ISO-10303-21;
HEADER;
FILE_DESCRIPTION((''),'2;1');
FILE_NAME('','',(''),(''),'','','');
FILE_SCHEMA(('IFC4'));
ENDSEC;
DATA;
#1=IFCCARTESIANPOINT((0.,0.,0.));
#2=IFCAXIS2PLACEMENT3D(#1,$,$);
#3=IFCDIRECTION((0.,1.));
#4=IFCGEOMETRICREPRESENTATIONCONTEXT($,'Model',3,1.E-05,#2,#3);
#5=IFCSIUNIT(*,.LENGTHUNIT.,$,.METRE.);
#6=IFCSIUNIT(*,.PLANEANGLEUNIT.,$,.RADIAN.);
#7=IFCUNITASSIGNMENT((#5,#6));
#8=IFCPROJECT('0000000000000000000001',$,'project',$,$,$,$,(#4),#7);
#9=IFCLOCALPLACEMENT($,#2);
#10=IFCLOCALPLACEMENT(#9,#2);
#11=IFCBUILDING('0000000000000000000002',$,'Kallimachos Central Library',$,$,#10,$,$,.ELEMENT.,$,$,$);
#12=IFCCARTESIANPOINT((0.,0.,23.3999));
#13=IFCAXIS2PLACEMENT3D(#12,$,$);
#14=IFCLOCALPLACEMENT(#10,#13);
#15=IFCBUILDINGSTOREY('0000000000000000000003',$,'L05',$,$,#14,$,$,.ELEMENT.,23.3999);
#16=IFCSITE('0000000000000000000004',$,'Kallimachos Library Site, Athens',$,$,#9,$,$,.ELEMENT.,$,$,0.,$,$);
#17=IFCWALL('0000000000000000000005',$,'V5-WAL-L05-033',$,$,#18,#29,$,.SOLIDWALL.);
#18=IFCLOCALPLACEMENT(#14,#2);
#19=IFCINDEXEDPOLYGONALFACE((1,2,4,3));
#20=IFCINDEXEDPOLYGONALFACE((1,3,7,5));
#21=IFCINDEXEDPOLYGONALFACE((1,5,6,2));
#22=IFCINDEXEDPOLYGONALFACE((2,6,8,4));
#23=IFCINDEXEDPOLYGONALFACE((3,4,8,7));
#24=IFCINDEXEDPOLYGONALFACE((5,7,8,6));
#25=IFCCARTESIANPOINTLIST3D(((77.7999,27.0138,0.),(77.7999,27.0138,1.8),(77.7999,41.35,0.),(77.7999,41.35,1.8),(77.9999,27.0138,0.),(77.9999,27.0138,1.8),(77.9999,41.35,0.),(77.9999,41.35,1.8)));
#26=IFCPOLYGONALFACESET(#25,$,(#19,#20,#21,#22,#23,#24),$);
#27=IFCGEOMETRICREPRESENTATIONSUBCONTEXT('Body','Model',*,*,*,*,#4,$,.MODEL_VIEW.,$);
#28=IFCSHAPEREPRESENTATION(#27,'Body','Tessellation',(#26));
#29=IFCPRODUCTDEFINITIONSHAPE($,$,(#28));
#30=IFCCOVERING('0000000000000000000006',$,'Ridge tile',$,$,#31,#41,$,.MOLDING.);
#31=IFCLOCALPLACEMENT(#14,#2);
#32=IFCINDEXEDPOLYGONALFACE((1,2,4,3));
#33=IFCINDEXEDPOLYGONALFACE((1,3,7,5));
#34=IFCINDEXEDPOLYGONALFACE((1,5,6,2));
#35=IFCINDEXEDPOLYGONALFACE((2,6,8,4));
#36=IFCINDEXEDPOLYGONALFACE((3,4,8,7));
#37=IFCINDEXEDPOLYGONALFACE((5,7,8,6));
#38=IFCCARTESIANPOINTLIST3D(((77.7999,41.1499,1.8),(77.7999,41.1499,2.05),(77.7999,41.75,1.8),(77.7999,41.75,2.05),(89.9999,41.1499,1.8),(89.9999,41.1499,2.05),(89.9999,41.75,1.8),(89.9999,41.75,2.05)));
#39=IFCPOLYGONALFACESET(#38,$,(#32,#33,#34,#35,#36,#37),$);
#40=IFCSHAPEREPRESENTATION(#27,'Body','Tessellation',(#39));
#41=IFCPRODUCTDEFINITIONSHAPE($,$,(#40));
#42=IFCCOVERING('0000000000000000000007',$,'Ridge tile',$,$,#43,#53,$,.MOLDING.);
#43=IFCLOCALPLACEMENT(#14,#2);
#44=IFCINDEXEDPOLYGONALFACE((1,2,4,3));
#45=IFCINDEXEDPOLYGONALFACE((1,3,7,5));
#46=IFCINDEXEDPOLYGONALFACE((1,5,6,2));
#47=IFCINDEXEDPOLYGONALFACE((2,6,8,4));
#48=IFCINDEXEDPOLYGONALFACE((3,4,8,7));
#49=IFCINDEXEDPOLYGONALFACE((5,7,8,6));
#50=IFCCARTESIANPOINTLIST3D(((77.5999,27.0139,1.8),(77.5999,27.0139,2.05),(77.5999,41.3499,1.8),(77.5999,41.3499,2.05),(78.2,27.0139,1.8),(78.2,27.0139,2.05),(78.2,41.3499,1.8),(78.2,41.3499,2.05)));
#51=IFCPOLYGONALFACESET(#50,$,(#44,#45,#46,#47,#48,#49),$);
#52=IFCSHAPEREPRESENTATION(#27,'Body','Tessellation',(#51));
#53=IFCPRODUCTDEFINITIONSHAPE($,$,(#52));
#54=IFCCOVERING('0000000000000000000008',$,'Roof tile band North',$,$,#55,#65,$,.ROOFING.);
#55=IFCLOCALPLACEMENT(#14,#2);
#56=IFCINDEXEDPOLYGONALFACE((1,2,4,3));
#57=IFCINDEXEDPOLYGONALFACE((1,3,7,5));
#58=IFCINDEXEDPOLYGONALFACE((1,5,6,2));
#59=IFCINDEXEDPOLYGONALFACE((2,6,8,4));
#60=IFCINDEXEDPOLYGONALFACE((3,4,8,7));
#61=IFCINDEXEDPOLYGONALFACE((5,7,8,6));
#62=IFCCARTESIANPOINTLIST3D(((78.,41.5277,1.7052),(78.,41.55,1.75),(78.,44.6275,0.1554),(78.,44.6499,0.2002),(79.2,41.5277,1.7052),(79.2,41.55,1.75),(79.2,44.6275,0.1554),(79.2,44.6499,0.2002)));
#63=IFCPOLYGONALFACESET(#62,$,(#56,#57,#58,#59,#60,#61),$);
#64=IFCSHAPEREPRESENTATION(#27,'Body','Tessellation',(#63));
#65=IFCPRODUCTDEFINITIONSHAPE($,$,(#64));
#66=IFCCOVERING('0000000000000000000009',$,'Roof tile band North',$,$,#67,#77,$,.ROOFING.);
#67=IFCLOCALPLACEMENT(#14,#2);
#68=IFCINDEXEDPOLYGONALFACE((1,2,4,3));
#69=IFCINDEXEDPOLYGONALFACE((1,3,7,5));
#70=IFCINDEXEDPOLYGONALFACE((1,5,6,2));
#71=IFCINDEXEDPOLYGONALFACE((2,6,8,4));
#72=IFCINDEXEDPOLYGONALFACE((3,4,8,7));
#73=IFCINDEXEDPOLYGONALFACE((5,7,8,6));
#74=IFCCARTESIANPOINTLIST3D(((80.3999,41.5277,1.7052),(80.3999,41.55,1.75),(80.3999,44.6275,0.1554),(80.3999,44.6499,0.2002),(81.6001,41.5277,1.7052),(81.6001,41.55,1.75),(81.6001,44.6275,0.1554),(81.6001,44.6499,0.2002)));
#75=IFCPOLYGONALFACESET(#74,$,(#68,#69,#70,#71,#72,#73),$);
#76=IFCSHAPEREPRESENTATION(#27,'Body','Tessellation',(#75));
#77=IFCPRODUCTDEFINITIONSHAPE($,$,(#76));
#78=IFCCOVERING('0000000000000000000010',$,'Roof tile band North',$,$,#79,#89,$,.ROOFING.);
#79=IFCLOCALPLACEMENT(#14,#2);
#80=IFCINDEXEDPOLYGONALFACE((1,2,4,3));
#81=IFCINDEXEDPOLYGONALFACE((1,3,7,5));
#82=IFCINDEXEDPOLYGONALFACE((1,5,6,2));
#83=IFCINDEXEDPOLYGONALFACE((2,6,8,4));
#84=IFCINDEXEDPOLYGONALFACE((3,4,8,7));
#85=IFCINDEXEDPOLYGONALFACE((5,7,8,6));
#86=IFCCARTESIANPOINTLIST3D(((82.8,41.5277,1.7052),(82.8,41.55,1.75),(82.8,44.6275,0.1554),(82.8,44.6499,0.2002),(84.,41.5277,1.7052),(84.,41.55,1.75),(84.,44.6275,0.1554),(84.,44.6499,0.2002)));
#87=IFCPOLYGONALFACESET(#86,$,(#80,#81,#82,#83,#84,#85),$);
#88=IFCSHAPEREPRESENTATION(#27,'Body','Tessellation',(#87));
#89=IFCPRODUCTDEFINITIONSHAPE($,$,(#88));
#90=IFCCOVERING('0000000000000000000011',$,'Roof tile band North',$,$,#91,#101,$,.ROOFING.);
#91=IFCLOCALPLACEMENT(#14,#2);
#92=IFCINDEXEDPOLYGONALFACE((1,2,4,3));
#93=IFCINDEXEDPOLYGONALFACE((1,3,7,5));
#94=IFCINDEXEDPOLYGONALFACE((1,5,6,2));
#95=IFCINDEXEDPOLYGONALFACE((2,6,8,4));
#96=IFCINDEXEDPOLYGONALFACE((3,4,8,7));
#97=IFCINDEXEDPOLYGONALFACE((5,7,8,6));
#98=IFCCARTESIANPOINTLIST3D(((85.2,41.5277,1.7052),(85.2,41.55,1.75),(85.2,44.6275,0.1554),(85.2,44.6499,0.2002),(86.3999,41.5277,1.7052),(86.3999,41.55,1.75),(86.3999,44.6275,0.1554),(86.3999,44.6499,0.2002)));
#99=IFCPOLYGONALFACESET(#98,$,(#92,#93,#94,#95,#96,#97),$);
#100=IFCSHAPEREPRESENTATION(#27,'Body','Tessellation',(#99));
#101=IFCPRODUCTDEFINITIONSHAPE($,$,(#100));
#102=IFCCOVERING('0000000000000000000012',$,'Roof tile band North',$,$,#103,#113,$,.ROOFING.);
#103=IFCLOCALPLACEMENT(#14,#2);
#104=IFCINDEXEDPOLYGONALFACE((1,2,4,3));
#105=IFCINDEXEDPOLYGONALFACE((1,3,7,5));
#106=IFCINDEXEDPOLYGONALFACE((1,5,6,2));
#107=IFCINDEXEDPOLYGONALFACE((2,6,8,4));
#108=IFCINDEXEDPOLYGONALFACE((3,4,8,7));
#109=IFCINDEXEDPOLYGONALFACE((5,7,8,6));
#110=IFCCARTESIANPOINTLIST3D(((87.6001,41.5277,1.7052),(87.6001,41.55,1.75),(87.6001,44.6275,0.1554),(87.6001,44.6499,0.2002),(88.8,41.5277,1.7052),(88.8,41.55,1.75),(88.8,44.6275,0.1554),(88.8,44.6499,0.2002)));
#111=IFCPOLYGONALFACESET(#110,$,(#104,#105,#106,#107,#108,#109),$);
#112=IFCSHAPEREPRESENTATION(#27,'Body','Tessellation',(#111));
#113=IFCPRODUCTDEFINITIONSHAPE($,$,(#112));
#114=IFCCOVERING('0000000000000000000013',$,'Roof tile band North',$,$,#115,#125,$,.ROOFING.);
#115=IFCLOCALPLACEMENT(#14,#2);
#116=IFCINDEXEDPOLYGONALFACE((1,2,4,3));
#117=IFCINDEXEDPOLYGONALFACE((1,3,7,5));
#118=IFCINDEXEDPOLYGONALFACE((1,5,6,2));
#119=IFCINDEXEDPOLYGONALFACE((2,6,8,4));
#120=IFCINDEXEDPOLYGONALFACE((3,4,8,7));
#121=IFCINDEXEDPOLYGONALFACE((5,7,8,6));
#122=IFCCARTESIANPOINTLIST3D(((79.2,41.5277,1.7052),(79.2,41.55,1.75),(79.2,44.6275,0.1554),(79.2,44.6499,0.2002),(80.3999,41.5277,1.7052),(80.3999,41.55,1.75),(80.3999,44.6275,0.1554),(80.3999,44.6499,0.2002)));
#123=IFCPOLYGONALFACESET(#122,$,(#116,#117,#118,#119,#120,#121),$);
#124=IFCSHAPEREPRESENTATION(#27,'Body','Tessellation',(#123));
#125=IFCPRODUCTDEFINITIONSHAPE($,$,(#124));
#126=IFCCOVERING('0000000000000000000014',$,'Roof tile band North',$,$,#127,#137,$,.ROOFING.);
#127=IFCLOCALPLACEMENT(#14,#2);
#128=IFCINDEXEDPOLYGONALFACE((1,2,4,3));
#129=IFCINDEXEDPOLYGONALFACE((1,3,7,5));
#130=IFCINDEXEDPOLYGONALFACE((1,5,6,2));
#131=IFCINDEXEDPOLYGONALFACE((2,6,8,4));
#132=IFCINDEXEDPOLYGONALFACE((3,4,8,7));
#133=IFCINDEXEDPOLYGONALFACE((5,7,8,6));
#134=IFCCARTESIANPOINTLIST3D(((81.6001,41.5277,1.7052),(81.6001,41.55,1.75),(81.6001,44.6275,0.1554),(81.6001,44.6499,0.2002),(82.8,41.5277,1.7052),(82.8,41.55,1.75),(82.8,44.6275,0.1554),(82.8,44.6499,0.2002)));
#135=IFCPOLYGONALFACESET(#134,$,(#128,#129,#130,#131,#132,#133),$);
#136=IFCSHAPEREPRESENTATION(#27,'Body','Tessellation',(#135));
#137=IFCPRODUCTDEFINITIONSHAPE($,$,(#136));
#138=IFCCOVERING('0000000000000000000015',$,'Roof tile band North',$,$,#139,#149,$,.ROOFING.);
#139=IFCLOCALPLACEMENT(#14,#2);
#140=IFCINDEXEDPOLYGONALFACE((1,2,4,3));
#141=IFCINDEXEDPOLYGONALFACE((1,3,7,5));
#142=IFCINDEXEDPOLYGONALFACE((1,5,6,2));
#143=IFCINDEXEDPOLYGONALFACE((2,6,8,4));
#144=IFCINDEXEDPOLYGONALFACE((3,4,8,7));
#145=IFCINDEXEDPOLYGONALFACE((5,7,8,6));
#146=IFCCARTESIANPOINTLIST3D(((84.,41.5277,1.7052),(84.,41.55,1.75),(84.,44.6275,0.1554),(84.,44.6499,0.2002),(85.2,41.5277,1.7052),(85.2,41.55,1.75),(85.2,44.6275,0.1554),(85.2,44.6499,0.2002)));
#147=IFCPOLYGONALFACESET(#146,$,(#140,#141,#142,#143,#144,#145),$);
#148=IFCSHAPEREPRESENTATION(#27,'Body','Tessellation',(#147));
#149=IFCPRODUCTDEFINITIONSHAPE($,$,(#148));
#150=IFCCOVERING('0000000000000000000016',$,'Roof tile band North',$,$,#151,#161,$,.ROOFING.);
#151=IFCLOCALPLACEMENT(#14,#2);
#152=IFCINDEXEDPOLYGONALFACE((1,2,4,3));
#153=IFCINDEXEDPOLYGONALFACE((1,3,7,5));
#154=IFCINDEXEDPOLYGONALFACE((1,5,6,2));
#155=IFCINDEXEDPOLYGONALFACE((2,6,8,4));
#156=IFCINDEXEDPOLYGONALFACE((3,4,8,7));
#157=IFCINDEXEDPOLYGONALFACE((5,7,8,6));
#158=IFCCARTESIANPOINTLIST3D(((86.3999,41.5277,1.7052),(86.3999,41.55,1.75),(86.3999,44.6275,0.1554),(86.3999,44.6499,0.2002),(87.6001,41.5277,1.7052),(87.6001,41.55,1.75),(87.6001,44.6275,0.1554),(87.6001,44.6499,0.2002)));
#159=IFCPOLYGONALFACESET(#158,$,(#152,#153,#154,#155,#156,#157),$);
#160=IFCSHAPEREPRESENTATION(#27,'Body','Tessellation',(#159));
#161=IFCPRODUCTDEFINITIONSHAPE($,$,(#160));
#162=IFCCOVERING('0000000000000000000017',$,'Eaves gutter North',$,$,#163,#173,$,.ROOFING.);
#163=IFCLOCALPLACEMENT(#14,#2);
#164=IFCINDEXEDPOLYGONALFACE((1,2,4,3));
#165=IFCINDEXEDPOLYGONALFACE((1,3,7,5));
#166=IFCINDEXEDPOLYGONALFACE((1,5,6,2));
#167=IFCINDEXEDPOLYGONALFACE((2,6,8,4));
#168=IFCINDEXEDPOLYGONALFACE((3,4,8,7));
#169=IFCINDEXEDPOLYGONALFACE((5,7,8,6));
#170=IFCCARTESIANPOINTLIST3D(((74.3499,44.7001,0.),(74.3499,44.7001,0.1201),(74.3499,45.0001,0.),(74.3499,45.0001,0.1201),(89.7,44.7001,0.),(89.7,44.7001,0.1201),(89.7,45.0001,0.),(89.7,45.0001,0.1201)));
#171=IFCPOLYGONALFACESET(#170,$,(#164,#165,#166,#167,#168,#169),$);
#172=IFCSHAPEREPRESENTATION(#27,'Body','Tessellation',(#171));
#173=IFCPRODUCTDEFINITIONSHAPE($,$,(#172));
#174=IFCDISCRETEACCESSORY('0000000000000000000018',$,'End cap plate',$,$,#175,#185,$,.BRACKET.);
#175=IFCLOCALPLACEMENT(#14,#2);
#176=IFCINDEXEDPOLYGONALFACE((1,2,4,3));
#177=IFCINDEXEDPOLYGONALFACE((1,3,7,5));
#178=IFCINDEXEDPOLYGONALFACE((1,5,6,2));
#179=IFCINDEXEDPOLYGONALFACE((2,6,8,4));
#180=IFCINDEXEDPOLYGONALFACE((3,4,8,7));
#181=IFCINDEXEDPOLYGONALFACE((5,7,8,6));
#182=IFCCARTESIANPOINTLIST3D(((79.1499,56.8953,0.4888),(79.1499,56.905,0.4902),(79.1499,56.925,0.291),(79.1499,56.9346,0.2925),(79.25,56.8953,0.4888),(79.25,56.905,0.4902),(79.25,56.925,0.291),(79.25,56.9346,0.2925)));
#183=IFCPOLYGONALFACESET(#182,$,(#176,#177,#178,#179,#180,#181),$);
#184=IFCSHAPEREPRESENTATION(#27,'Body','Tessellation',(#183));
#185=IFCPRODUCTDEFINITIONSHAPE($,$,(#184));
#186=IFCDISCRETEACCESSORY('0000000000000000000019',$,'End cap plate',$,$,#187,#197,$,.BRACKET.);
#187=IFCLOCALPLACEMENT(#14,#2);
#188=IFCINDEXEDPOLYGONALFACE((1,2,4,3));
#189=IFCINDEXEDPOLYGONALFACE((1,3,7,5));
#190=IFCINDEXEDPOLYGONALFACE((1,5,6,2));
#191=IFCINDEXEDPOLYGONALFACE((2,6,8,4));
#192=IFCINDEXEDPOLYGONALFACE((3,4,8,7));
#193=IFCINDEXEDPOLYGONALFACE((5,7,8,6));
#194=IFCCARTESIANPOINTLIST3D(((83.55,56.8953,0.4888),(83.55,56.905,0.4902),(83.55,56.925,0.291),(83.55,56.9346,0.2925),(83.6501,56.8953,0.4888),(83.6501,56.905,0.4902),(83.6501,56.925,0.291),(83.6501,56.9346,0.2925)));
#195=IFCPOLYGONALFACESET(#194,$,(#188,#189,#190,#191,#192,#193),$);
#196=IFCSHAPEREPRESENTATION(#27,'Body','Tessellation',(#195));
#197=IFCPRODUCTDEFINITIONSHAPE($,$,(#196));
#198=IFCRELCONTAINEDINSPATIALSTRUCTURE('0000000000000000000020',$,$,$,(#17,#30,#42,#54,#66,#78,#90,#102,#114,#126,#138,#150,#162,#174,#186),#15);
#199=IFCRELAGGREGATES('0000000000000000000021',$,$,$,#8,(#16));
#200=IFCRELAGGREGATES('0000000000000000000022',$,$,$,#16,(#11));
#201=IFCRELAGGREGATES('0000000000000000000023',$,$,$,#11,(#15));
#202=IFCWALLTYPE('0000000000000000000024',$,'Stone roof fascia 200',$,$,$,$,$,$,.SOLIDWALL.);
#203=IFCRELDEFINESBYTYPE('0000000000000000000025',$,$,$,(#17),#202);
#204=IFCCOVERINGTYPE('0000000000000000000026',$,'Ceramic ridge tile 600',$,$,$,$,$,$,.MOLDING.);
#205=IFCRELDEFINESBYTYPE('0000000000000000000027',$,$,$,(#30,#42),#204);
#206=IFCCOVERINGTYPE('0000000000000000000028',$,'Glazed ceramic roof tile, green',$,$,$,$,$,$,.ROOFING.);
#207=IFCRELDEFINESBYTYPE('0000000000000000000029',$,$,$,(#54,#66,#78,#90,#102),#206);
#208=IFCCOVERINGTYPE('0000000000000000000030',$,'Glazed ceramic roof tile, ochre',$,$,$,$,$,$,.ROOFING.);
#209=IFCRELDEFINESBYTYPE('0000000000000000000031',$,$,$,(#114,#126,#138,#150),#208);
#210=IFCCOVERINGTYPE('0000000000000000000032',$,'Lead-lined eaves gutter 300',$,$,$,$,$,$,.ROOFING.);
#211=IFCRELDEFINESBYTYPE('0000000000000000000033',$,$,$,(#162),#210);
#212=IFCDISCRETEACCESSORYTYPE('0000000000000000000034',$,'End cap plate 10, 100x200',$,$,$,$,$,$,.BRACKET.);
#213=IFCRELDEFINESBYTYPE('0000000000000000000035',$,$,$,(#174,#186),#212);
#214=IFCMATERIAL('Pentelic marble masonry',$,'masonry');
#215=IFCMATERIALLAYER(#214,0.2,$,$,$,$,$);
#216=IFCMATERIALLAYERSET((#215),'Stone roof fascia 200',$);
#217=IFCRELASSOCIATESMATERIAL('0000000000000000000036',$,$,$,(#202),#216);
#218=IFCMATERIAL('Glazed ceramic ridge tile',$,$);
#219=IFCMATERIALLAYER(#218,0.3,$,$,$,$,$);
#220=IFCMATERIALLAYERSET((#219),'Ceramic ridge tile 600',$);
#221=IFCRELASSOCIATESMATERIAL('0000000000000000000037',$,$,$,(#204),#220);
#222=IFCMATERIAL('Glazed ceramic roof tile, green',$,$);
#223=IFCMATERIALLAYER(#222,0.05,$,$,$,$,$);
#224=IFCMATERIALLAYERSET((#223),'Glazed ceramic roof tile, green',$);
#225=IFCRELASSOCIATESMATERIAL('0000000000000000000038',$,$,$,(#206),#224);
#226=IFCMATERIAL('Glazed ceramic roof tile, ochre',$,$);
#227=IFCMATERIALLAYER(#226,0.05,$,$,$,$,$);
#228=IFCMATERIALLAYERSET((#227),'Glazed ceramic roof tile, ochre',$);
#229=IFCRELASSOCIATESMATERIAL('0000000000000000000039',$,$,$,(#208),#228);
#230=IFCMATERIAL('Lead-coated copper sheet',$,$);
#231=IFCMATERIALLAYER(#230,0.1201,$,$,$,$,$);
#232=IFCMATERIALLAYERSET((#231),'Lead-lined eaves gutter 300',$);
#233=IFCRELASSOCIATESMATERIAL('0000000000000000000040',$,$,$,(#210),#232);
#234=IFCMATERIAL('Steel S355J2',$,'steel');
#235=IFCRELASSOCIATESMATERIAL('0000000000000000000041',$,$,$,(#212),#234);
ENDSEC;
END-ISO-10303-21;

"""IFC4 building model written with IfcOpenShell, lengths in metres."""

from ifc_helpers import new_model, si_unit, direction, frame, frame_2d, origin, origin_2d, place, context, subcontext, project, spatial, polyline, rectangle, outline, extrude, material, layer, layer_set, material_profile, profile_set, type_object, element, save


model = new_model("IFC4")

# Units and contexts
model_context = context("Model", 3, precision=1e-05, world=origin(), true_north=direction((0.0, 1.0)))
body_context = subcontext(model_context, "Body", "Model", "MODEL_VIEW")
ifc_project = project(units=[si_unit("LENGTHUNIT", "METRE"), si_unit("PLANEANGLEUNIT", "RADIAN")], contexts=[model_context])

# Site, building, storey
site_placement = place(None, origin())
site = spatial("IfcSite", under=ifc_project, at=site_placement, Name="Kallimachos Library Site, Athens", CompositionType="ELEMENT", RefElevation=0.0)
building_placement = place(site_placement, origin())
building = spatial("IfcBuilding", under=site, at=building_placement, Name="Kallimachos Central Library", CompositionType="ELEMENT")
storey_placement = place(building_placement, frame((0.0, 0.0, 23.3999)))
storey = spatial("IfcBuildingStorey", under=building, at=storey_placement, Name="L05", CompositionType="ELEMENT", Elevation=23.3999)

# Wall
ifc_material_1 = material(Name="Pentelic marble masonry", Category="masonry")
ifc_layer_1 = layer(ifc_material_1, 0.2)
ifc_layer_set_1 = layer_set([ifc_layer_1], Name="Stone roof fascia 200")
wall_type_1 = type_object("IfcWallType", Name="Stone roof fascia 200", PredefinedType="SOLIDWALL", material=ifc_layer_set_1)
wall_1_placement = place(storey_placement, frame((77.8999, 27.0139, 0.0), z_axis=(0.0, 0.0, 1.0), x_axis=(0.0, 1.0, 0.0)))
element("IfcWall", 1, at=wall_1_placement, inside=storey, type_object=wall_type_1, Name="V5-WAL-L05-033", PredefinedType="SOLIDWALL", context=body_context, shape_type="SweptSolid", body=[
    extrude(rectangle(XDim=14.3362, YDim=0.2, at=frame_2d((7.168, 0.0))), origin(), (0.0, 0.0, 1.0), 1.8),
])

# Coverings
ifc_material_2 = material(Name="Glazed ceramic ridge tile")
ifc_layer_2 = layer(ifc_material_2, 0.3)
ifc_layer_set_2 = layer_set([ifc_layer_2], Name="Ceramic ridge tile 600")
covering_type_1 = type_object("IfcCoveringType", Name="Ceramic ridge tile 600", PredefinedType="MOLDING", material=ifc_layer_set_2)
covering_1_placement = place(storey_placement, frame((83.8999, 41.45, 1.8), z_axis=(0.0, 0.0, 1.0), x_axis=(1.0, 0.0, 0.0)))
element("IfcCovering", 2, at=covering_1_placement, inside=storey, type_object=covering_type_1, Name="Ridge tile", PredefinedType="MOLDING", context=body_context, shape_type="SweptSolid", body=[
    extrude(rectangle(XDim=12.2, YDim=0.6001, at=origin_2d()), origin(), (0.0, 0.0, 1.0), 0.25),
])
covering_2_placement = place(storey_placement, frame((77.8999, 34.1819, 1.8), z_axis=(0.0, 0.0, 1.0), x_axis=(1.0, 0.0, 0.0)))
element("IfcCovering", 3, at=covering_2_placement, inside=storey, type_object=covering_type_1, Name="Ridge tile", PredefinedType="MOLDING", context=body_context, shape_type="SweptSolid", body=[
    extrude(rectangle(XDim=0.6001, YDim=14.3359, at=origin_2d()), origin(), (0.0, 0.0, 1.0), 0.25),
])
ifc_material_3 = material(Name="Glazed ceramic roof tile, green")
ifc_layer_3 = layer(ifc_material_3, 0.05)
ifc_layer_set_3 = layer_set([ifc_layer_3], Name="Glazed ceramic roof tile, green")
covering_type_2 = type_object("IfcCoveringType", Name="Glazed ceramic roof tile, green", PredefinedType="ROOFING", material=ifc_layer_set_3)
covering_3_placement = place(storey_placement, frame((78.0, 44.6499, 0.2002), z_axis=(0.0, 0.447185, 0.894441), x_axis=(0.0, -0.894441, 0.447185)))
element("IfcCovering", 4, at=covering_3_placement, inside=storey, type_object=covering_type_2, Name="Roof tile band North", PredefinedType="ROOFING", context=body_context, shape_type="SweptSolid", body=[
    extrude(outline(polyline([(0.0, 0.0), (3.4657, 0.0), (3.4657, 1.2), (0.0, 1.2), (0.0, 0.0)])), origin(), (0.0, 0.0, -1.0), 0.05),
])
covering_4_placement = place(storey_placement, frame((80.3999, 44.6499, 0.2002), z_axis=(0.0, 0.447185, 0.894441), x_axis=(0.0, -0.894441, 0.447185)))
element("IfcCovering", 5, at=covering_4_placement, inside=storey, type_object=covering_type_2, Name="Roof tile band North", PredefinedType="ROOFING", context=body_context, shape_type="SweptSolid", body=[
    extrude(outline(polyline([(0.0, 0.0), (3.4657, 0.0), (3.4657, 1.2002), (0.0, 1.2002), (0.0, 0.0)])), origin(), (0.0, 0.0, -1.0), 0.05),
])
for number, where, z_axis, x_axis, name in (
    (6, (82.8, 44.6499, 0.2002), (0.0, 0.447185, 0.894441), (0.0, -0.894441, 0.447185), "Roof tile band North"),
    (7, (85.2, 44.6499, 0.2002), (0.0, 0.447185, 0.894441), (0.0, -0.894441, 0.447185), "Roof tile band North"),
    (8, (87.6001, 44.6499, 0.2002), (0.0, 0.447185, 0.894441), (0.0, -0.894441, 0.447185), "Roof tile band North"),
):
    element("IfcCovering", number, at=place(storey_placement, frame(where, z_axis=z_axis, x_axis=x_axis)), inside=storey, type_object=covering_type_2, Name=name, PredefinedType="ROOFING", context=body_context, shape_type="SweptSolid", body=[
        extrude(outline(polyline([(0.0, 0.0), (3.4657, 0.0), (3.4657, 1.2), (0.0, 1.2), (0.0, 0.0)])), origin(), (0.0, 0.0, -1.0), 0.05),
    ])
ifc_material_4 = material(Name="Glazed ceramic roof tile, ochre")
ifc_layer_4 = layer(ifc_material_4, 0.05)
ifc_layer_set_4 = layer_set([ifc_layer_4], Name="Glazed ceramic roof tile, ochre")
covering_type_3 = type_object("IfcCoveringType", Name="Glazed ceramic roof tile, ochre", PredefinedType="ROOFING", material=ifc_layer_set_4)
for number, where, z_axis, x_axis, name in (
    (9, (79.2, 44.6499, 0.2002), (0.0, 0.447185, 0.894441), (0.0, -0.894441, 0.447185), "Roof tile band North"),
    (10, (81.6001, 44.6499, 0.2002), (0.0, 0.447185, 0.894441), (0.0, -0.894441, 0.447185), "Roof tile band North"),
    (11, (84.0, 44.6499, 0.2002), (0.0, 0.447185, 0.894441), (0.0, -0.894441, 0.447185), "Roof tile band North"),
):
    element("IfcCovering", number, at=place(storey_placement, frame(where, z_axis=z_axis, x_axis=x_axis)), inside=storey, type_object=covering_type_3, Name=name, PredefinedType="ROOFING", context=body_context, shape_type="SweptSolid", body=[
        extrude(outline(polyline([(0.0, 0.0), (3.4657, 0.0), (3.4657, 1.2), (0.0, 1.2), (0.0, 0.0)])), origin(), (0.0, 0.0, -1.0), 0.05),
    ])
covering_5_placement = place(storey_placement, frame((86.3999, 44.6499, 0.2002), z_axis=(0.0, 0.447185, 0.894441), x_axis=(0.0, -0.894441, 0.447185)))
element("IfcCovering", 12, at=covering_5_placement, inside=storey, type_object=covering_type_3, Name="Roof tile band North", PredefinedType="ROOFING", context=body_context, shape_type="SweptSolid", body=[
    extrude(outline(polyline([(0.0, 0.0), (3.4657, 0.0), (3.4657, 1.2002), (0.0, 1.2002), (0.0, 0.0)])), origin(), (0.0, 0.0, -1.0), 0.05),
])
ifc_material_5 = material(Name="Lead-coated copper sheet")
ifc_layer_5 = layer(ifc_material_5, 0.1201)
ifc_layer_set_5 = layer_set([ifc_layer_5], Name="Lead-lined eaves gutter 300")
covering_type_4 = type_object("IfcCoveringType", Name="Lead-lined eaves gutter 300", PredefinedType="ROOFING", material=ifc_layer_set_5)
covering_6_placement = place(storey_placement, frame((82.0249, 44.8501, 0.0), z_axis=(0.0, 0.0, 1.0), x_axis=(1.0, 0.0, 0.0)))
element("IfcCovering", 13, at=covering_6_placement, inside=storey, type_object=covering_type_4, Name="Eaves gutter North", PredefinedType="ROOFING", context=body_context, shape_type="SweptSolid", body=[
    extrude(rectangle(XDim=15.3501, YDim=0.3, at=origin_2d()), origin(), (0.0, 0.0, 1.0), 0.1201),
])

# Discrete accessories
ifc_material_6 = material(Name="Steel S355J2", Category="steel")
ifc_material_profile_1 = material_profile(ifc_material_6, rectangle(XDim=0.1001, YDim=0.2, at=origin_2d()), Name="End cap plate 10, 100x200")
ifc_profile_set_1 = profile_set([ifc_material_profile_1], Name="Steel S355J2")
discrete_accessory_type_1 = type_object("IfcDiscreteAccessoryType", Name="End cap plate 10, 100x200", PredefinedType="BRACKET", material=ifc_profile_set_1)
for number, where, z_axis, x_axis, name in (
    (14, (79.2, 56.9102, 0.3899), (0.0, 0.988936, 0.14834), (-1.0, 0.0, 0.0), "End cap plate"),
    (15, (83.6001, 56.9102, 0.3899), (0.0, 0.988936, 0.14834), (-1.0, 0.0, 0.0), "End cap plate"),
):
    element("IfcDiscreteAccessory", number, at=place(storey_placement, frame(where, z_axis=z_axis, x_axis=x_axis)), inside=storey, type_object=discrete_accessory_type_1, Name=name, PredefinedType="BRACKET", context=body_context, shape_type="SweptSolid", body=[
        extrude(rectangle(XDim=0.1001, YDim=0.2, at=origin_2d()), origin(), (0.0, 0.0, 1.0), 0.0098),
    ])

save(model, "model.ifc")
